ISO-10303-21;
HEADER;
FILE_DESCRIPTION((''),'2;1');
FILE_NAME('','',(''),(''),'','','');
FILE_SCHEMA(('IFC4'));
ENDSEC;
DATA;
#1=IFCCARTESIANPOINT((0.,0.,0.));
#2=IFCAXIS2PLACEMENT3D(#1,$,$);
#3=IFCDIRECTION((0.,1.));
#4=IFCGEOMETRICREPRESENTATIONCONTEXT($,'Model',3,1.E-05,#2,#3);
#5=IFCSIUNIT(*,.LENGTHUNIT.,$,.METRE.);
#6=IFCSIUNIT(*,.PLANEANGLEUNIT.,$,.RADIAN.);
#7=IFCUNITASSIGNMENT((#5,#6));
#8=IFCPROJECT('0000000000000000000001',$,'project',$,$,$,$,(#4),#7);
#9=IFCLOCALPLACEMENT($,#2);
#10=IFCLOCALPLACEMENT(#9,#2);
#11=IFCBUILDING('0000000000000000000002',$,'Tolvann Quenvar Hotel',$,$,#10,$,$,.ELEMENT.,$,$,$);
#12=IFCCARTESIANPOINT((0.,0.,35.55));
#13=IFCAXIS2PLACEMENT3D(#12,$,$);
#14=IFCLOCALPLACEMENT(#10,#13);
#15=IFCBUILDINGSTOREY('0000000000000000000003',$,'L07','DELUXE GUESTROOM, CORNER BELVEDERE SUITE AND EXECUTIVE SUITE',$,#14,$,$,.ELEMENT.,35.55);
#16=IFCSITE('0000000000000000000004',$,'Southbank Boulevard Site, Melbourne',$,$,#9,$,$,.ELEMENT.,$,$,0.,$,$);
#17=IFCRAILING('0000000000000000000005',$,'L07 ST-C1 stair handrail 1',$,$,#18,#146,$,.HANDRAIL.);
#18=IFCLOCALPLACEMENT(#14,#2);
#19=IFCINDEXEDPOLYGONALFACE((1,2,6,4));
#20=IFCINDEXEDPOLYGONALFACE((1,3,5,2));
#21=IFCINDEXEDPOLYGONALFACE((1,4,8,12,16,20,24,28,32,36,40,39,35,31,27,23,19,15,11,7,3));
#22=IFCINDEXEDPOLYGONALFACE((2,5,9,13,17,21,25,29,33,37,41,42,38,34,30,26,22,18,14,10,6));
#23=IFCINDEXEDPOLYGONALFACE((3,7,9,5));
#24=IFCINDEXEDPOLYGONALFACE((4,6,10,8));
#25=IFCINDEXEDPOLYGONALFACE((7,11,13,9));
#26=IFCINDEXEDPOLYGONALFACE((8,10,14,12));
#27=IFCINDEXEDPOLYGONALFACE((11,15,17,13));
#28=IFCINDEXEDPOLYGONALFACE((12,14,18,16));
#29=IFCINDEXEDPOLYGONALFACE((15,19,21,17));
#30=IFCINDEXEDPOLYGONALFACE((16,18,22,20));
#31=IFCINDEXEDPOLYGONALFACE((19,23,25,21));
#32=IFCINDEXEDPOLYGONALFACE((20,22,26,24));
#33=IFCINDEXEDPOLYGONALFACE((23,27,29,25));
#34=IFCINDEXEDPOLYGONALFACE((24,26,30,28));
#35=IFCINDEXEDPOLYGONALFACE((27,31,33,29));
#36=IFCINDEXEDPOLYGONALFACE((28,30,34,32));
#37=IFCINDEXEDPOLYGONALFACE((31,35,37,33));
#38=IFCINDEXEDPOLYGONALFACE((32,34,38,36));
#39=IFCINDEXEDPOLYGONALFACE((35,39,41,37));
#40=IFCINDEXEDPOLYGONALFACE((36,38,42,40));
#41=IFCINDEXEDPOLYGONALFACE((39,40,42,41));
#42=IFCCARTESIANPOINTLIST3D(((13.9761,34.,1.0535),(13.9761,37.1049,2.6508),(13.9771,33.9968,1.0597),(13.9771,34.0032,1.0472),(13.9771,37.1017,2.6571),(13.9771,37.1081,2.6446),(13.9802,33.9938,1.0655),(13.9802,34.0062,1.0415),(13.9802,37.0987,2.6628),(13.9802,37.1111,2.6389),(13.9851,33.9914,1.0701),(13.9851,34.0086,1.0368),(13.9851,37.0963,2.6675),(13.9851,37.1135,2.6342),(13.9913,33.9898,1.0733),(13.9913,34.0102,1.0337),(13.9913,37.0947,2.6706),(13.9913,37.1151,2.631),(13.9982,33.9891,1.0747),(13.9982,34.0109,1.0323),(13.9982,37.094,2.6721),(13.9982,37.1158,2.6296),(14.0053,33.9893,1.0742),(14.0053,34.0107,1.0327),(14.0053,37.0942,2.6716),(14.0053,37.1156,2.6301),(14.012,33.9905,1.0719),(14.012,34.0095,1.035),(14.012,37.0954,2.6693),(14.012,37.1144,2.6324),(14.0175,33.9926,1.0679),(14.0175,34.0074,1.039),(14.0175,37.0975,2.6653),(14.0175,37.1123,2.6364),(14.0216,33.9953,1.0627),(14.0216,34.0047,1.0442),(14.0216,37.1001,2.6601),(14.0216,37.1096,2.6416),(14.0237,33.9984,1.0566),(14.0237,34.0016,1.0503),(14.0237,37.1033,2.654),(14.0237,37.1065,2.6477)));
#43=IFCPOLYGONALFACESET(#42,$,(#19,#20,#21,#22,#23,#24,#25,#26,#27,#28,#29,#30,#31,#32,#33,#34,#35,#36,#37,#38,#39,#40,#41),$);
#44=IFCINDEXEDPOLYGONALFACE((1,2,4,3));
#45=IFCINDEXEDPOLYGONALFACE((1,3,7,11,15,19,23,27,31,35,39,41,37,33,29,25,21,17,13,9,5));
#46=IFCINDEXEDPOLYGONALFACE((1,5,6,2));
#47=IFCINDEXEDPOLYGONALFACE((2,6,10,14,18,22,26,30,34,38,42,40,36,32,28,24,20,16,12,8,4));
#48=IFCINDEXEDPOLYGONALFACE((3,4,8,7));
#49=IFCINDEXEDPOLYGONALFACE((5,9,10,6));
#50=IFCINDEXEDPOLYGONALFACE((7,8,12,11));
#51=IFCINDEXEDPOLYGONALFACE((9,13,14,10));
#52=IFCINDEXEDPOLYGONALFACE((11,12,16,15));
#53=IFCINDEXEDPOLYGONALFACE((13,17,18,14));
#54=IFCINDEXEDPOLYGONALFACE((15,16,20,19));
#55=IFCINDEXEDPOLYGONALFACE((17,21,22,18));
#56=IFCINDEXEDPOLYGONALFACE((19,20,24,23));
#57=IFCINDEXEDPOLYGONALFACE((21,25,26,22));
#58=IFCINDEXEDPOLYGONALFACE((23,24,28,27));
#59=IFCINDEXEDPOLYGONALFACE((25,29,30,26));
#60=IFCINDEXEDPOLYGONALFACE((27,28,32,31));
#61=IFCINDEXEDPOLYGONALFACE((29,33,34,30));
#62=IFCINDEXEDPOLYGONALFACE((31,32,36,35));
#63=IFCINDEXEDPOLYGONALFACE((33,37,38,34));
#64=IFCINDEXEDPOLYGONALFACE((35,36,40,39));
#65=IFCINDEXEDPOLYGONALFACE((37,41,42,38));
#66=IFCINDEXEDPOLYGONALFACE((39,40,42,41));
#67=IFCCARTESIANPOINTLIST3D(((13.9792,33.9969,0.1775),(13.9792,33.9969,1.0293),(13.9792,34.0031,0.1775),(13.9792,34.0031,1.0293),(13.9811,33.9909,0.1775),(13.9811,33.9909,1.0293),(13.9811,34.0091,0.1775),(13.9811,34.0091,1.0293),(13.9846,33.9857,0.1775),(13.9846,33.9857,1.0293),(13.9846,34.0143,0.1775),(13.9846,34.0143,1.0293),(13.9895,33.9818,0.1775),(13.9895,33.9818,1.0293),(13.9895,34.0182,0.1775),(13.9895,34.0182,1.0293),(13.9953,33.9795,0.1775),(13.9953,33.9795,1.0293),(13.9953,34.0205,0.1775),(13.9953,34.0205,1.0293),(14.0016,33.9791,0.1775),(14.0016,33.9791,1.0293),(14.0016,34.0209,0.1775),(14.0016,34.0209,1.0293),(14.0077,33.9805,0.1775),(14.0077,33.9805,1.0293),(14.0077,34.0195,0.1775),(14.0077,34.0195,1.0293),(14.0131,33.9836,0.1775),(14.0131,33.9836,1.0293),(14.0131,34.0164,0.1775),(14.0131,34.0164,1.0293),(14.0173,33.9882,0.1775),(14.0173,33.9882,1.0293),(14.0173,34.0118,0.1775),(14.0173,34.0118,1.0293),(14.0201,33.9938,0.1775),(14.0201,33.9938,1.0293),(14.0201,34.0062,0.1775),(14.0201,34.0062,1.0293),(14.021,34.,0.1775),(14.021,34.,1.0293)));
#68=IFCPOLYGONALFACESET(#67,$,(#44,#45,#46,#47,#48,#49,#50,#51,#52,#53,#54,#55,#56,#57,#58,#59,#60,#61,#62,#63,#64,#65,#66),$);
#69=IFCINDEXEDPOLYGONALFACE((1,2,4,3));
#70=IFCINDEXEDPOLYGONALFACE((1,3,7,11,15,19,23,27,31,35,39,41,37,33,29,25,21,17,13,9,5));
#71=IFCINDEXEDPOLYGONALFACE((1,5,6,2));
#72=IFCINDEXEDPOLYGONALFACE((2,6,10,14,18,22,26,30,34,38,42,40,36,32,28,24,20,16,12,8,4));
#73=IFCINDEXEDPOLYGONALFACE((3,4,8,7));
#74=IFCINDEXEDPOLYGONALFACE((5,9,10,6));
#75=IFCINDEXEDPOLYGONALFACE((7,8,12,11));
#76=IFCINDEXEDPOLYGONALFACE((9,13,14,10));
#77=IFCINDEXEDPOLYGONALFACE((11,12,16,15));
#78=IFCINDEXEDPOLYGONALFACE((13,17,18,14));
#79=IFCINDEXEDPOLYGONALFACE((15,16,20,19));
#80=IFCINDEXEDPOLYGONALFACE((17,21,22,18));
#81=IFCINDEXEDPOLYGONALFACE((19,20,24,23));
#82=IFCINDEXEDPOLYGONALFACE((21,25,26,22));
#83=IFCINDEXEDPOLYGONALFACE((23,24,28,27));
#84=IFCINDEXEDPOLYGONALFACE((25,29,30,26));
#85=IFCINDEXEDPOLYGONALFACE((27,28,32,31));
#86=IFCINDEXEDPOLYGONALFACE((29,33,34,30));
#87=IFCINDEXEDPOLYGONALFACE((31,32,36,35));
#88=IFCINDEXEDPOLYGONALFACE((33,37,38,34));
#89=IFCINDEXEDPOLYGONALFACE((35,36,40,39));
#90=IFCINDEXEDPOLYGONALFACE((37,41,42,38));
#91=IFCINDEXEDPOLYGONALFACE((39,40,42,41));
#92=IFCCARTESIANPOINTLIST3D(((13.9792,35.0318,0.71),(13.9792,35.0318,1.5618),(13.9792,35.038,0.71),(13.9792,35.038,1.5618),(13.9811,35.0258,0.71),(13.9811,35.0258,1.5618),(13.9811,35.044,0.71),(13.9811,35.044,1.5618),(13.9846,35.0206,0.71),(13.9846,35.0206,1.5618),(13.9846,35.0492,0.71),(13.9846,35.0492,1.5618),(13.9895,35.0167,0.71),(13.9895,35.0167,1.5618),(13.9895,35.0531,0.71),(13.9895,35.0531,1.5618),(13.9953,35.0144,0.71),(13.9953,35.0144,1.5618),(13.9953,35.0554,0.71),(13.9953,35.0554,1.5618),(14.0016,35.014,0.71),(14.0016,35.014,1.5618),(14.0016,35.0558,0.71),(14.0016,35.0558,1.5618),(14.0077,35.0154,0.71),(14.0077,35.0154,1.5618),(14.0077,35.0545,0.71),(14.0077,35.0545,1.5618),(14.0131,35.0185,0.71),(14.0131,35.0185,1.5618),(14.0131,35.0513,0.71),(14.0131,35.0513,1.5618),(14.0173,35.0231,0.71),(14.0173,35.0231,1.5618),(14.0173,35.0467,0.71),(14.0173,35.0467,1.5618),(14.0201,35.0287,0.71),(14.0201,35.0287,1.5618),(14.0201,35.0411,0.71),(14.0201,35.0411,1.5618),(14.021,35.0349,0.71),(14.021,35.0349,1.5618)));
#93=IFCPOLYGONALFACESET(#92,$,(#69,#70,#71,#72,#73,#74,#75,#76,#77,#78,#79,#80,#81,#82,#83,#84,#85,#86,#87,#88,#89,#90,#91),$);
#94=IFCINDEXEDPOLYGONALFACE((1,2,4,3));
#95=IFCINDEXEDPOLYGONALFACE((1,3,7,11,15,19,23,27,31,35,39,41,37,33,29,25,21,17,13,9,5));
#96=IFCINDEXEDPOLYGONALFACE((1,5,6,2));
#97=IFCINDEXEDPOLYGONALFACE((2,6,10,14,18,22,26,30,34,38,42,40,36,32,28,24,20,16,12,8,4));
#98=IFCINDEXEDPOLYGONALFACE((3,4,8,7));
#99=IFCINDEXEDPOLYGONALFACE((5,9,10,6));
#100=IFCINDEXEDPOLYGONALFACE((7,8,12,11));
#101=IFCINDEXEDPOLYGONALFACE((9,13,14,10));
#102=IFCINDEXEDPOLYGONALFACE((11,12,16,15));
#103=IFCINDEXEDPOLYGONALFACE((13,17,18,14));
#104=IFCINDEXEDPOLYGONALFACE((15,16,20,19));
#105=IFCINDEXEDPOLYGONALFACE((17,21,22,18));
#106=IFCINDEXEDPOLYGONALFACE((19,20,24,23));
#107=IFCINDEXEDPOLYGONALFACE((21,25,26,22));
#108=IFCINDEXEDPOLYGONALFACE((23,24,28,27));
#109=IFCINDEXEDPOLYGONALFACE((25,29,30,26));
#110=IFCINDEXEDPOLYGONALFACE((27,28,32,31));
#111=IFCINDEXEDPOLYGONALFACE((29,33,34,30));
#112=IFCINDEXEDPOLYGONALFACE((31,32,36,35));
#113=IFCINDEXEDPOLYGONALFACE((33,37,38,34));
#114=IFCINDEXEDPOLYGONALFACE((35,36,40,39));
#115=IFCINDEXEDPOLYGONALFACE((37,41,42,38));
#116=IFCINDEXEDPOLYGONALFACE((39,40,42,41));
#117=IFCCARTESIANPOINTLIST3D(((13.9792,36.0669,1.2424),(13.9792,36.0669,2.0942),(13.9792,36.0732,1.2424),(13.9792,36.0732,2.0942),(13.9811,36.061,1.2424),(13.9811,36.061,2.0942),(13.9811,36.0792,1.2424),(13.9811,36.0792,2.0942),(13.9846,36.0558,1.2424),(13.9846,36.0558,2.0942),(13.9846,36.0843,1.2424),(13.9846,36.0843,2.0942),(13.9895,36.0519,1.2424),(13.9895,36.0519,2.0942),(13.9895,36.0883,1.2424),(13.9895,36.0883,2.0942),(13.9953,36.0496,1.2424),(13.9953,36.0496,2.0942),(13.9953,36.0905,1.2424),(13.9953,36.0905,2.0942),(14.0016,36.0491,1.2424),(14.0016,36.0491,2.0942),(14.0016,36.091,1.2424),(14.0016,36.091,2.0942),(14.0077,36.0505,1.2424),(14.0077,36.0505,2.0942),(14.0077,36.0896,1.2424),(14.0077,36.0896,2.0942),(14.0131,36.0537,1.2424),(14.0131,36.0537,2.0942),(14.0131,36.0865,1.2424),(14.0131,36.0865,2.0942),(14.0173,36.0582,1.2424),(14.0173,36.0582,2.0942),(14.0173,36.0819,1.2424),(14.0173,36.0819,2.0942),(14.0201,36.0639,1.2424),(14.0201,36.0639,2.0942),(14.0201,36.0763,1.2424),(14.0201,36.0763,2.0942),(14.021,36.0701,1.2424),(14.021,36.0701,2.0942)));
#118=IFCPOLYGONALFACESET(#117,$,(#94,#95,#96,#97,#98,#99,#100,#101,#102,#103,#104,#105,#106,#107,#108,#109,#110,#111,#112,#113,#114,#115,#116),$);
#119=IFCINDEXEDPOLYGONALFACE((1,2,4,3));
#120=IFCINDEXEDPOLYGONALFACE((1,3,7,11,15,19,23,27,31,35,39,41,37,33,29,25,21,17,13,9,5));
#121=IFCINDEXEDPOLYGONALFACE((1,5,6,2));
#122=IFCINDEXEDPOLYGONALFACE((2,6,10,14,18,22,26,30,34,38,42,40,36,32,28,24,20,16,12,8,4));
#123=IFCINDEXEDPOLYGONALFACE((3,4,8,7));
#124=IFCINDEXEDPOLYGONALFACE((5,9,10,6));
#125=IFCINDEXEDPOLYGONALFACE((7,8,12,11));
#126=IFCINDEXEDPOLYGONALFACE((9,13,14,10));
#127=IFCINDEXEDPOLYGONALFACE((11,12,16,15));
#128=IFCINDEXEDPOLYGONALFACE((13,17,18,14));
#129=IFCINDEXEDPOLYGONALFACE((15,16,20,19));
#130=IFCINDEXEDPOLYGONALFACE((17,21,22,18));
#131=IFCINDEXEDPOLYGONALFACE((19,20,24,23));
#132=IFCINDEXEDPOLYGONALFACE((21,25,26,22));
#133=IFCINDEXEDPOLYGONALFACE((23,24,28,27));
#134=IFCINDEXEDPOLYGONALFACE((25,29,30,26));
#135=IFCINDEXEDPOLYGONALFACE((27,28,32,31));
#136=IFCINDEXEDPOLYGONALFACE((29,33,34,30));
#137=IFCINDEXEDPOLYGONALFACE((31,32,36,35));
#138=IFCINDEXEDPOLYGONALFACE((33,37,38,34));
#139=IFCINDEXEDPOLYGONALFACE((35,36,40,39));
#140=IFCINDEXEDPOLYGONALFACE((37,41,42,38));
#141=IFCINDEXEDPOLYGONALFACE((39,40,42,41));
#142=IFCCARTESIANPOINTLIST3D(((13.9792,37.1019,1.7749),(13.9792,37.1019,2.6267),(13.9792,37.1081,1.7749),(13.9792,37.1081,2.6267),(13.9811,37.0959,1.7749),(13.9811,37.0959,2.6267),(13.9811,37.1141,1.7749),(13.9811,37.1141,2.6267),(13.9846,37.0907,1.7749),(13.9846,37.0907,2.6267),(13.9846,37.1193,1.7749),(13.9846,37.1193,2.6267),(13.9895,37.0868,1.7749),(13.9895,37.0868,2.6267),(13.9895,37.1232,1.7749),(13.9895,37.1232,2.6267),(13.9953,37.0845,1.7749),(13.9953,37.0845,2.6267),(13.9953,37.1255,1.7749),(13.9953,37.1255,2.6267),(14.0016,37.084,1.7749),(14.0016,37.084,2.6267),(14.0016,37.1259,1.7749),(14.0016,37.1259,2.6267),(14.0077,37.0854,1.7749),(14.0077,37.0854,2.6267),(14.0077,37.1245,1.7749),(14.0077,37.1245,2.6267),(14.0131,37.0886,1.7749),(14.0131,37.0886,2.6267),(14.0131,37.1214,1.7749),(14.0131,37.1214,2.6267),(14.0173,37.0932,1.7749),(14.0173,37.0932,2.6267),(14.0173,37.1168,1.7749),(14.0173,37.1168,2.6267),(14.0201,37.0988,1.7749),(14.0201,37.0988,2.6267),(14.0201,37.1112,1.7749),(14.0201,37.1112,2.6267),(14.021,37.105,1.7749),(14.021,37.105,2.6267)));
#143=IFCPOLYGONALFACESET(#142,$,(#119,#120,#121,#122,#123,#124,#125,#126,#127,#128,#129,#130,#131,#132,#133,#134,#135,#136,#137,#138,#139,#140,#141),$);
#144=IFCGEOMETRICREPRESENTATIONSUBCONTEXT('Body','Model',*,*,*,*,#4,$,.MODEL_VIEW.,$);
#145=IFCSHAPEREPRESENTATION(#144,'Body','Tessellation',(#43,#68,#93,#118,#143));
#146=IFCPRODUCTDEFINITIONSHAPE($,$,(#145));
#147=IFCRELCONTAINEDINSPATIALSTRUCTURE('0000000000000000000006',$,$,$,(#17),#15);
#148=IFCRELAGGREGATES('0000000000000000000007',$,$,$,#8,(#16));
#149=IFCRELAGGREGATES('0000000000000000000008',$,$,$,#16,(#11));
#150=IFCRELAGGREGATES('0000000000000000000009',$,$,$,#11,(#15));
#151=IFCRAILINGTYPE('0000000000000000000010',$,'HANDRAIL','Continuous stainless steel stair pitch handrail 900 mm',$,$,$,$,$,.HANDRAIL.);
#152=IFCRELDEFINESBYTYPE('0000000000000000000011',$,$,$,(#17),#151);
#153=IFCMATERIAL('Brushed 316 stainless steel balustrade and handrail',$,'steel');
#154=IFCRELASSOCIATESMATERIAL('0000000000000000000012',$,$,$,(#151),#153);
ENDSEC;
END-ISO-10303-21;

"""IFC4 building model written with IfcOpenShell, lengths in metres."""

from ifc_helpers import new_model, si_unit, direction, frame, origin, origin_2d, place, context, subcontext, project, spatial, circle, extrude, material, type_object, element, save


model = new_model("IFC4")

# Units and contexts
model_context = context("Model", 3, precision=1e-05, world=origin(), true_north=direction((0.0, 1.0)))
body_context = subcontext(model_context, "Body", "Model", "MODEL_VIEW")
ifc_project = project(units=[si_unit("LENGTHUNIT", "METRE"), si_unit("PLANEANGLEUNIT", "RADIAN")], contexts=[model_context])

# Site, building, storey
site_placement = place(None, origin())
site = spatial("IfcSite", under=ifc_project, at=site_placement, Name="Southbank Boulevard Site, Melbourne", CompositionType="ELEMENT", RefElevation=0.0)
building_placement = place(site_placement, origin())
building = spatial("IfcBuilding", under=site, at=building_placement, Name="Tolvann Quenvar Hotel", CompositionType="ELEMENT")
storey_placement = place(building_placement, frame((0.0, 0.0, 35.55)))
storey = spatial("IfcBuildingStorey", under=building, at=storey_placement, Name="L07", Description="DELUXE GUESTROOM, CORNER BELVEDERE SUITE AND EXECUTIVE SUITE", CompositionType="ELEMENT", Elevation=35.55)

# Railing
ifc_material_1 = material(Name="Brushed 316 stainless steel balustrade and handrail", Category="steel")
railing_type_1 = type_object("IfcRailingType", Name="HANDRAIL", Description="Continuous stainless steel stair pitch handrail 900 mm", PredefinedType="HANDRAIL", material=ifc_material_1)
railing_1_placement = place(storey_placement, frame((14.0, 34.0, 0.1775)))
element("IfcRailing", 1, at=railing_1_placement, inside=storey, type_object=railing_type_1, Name="L07 ST-C1 stair handrail 1", PredefinedType="HANDRAIL", context=body_context, shape_type="SweptSolid", body=[
    extrude(circle(Radius=0.0239, at=origin_2d()), frame((0.0, 0.0, 0.876), z_axis=(0.0, 0.889222, 0.457476), x_axis=(-1.0, 0.0, 0.0)), (0.0, 0.0, 1.0), 3.4917),
    extrude(circle(Radius=0.021, at=origin_2d()), origin(), (0.0, 0.0, 1.0), 0.8518),
    extrude(circle(Radius=0.021, at=origin_2d()), frame((0.0, 1.0349, 0.5325)), (0.0, 0.0, 1.0), 0.8518),
    extrude(circle(Radius=0.021, at=origin_2d()), frame((0.0, 2.0701, 1.0649)), (0.0, 0.0, 1.0), 0.8518),
    extrude(circle(Radius=0.021, at=origin_2d()), frame((0.0, 3.105, 1.5974)), (0.0, 0.0, 1.0), 0.8518),
])

save(model, "model.ifc")
